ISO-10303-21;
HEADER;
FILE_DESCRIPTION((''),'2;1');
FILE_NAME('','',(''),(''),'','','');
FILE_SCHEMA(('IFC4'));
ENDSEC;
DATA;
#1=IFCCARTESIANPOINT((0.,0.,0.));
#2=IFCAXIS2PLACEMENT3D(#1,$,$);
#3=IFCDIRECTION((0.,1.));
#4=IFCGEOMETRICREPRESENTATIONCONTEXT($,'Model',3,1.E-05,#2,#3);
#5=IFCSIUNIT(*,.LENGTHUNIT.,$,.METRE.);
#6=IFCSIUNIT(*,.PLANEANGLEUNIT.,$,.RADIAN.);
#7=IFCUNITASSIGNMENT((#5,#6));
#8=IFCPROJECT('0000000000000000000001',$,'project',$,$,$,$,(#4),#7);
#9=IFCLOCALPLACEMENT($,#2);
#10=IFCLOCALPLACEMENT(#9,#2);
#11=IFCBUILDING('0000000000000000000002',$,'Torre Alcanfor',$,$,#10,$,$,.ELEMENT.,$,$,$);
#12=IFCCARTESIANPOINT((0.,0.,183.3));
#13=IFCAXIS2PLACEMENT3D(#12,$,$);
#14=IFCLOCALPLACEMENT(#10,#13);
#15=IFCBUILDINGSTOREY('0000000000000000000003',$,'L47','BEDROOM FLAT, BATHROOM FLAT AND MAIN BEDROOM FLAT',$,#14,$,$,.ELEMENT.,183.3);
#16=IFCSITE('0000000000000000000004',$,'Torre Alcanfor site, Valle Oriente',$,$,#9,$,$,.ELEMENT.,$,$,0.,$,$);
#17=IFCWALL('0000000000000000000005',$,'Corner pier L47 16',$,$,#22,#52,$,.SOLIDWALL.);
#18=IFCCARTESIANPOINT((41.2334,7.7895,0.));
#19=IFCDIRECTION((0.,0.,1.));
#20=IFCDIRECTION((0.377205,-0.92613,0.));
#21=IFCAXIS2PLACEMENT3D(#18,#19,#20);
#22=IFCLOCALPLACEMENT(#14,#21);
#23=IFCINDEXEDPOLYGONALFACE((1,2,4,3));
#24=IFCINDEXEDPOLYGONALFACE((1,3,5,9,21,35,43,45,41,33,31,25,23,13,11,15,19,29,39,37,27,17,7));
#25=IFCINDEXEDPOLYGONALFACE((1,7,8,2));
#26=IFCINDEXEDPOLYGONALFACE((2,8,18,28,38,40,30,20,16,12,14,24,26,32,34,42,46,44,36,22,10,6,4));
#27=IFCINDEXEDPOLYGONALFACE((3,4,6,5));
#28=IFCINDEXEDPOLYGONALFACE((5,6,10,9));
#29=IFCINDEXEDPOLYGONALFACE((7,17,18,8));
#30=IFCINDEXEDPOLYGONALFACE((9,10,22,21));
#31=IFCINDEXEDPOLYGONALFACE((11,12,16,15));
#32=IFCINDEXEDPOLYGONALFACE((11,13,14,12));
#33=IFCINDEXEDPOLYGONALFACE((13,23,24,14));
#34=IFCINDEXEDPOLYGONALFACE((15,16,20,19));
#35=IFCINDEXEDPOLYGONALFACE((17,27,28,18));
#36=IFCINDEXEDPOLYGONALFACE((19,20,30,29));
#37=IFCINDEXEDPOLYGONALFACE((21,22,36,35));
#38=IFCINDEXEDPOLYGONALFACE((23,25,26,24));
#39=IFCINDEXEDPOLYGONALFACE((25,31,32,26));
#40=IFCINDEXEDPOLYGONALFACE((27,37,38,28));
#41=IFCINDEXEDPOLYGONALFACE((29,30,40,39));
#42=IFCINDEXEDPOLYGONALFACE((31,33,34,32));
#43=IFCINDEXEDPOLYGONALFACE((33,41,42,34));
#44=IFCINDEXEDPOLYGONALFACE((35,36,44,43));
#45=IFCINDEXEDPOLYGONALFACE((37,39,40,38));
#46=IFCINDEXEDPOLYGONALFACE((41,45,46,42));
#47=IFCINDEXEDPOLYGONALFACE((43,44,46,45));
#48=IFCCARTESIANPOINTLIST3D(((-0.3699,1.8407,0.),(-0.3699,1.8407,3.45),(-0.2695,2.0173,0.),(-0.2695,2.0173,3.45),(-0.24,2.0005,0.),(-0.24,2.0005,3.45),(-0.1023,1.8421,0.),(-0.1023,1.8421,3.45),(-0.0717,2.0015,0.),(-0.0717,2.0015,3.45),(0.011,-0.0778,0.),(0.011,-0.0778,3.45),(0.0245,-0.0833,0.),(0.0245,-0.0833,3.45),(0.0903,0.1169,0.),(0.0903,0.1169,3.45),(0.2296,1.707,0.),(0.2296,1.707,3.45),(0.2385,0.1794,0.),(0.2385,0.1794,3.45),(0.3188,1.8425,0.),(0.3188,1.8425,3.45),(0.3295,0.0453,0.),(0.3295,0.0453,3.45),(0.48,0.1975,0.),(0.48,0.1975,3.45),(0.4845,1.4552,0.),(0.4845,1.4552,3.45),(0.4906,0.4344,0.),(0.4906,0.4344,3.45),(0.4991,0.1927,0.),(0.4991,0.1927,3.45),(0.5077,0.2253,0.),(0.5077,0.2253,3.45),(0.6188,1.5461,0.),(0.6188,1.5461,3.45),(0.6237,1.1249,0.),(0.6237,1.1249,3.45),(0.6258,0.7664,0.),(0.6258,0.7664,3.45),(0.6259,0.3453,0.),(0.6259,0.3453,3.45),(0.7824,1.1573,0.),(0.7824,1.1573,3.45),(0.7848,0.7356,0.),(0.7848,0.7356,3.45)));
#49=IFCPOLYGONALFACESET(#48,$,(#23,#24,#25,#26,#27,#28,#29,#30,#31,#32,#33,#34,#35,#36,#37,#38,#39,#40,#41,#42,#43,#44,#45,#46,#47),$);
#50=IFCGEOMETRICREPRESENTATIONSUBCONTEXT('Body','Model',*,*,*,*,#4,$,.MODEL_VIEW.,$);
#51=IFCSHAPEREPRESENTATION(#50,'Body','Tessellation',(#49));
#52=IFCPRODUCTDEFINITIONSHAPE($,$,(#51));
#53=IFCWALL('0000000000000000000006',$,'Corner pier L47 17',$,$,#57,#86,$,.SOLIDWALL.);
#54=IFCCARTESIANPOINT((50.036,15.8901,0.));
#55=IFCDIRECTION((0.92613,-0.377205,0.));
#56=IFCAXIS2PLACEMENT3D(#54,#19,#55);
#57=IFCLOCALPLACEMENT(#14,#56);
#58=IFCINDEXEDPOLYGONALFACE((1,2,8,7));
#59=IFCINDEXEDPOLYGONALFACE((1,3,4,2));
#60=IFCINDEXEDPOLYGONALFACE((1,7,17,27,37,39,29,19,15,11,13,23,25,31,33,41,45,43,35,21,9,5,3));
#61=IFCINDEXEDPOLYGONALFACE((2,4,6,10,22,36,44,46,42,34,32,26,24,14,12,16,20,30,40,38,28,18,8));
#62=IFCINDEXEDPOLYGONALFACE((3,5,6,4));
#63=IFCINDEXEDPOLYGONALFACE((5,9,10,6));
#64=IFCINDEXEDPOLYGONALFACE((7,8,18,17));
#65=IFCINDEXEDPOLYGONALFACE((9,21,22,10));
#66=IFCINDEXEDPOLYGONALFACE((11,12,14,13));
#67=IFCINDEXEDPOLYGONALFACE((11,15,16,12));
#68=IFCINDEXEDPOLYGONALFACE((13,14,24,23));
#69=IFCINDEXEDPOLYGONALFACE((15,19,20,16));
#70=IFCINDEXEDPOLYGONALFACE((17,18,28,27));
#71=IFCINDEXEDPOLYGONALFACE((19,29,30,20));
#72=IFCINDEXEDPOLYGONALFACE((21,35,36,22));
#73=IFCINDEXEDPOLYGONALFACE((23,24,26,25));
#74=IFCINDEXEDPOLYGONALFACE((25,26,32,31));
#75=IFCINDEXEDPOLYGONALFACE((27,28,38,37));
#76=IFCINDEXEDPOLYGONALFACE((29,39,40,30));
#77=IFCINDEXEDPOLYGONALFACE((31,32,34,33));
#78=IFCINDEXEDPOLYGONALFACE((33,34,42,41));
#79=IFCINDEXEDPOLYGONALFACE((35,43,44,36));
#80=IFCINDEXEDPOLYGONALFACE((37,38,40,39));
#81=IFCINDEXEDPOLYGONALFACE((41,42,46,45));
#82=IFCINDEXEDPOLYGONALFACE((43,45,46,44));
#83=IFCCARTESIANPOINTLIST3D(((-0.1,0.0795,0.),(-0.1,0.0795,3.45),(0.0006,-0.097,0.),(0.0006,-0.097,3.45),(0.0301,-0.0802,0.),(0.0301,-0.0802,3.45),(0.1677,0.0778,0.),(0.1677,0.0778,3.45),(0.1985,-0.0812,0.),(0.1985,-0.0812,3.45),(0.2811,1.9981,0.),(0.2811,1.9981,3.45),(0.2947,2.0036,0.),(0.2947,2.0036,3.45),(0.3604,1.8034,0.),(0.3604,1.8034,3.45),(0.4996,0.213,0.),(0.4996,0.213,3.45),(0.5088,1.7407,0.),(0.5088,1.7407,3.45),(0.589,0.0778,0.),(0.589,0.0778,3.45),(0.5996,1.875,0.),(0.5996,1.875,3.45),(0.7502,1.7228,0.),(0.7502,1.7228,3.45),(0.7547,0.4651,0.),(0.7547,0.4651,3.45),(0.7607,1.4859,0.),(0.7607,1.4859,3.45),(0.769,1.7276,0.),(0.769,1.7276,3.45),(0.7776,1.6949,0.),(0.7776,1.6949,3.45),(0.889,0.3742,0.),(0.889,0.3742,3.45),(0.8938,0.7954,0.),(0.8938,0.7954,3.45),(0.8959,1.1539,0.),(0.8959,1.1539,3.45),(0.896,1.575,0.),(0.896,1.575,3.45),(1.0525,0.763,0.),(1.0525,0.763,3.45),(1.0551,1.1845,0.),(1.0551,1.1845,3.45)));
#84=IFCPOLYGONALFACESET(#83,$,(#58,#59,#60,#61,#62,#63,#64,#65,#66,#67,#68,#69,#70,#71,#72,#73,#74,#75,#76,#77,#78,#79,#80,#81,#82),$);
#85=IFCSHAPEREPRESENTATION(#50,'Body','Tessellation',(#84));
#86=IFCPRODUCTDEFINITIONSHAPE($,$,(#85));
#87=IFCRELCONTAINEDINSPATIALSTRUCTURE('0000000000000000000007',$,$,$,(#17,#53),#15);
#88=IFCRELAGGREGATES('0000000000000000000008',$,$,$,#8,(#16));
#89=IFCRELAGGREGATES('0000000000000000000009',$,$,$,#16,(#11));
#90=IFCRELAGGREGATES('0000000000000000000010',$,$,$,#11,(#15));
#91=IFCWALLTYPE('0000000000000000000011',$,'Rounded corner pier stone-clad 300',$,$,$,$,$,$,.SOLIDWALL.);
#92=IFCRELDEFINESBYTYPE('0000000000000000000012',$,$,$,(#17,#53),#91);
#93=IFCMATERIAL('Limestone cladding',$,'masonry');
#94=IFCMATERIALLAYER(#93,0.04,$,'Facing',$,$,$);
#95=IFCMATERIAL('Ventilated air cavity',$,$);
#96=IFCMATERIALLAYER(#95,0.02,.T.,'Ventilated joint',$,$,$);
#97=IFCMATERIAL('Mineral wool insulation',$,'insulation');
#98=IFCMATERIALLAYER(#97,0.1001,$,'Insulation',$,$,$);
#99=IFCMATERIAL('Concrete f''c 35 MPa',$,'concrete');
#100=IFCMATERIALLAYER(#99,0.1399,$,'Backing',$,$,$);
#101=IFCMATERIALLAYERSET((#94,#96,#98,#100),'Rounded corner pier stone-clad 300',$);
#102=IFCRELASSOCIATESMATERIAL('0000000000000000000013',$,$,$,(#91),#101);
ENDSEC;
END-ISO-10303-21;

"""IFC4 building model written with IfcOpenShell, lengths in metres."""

from ifc_helpers import new_model, si_unit, direction, frame, origin, place, context, subcontext, project, spatial, polyline, outline, extrude, material, layer, layer_set, type_object, element, save


model = new_model("IFC4")

# Units and contexts
model_context = context("Model", 3, precision=1e-05, world=origin(), true_north=direction((0.0, 1.0)))
body_context = subcontext(model_context, "Body", "Model", "MODEL_VIEW")
ifc_project = project(units=[si_unit("LENGTHUNIT", "METRE"), si_unit("PLANEANGLEUNIT", "RADIAN")], contexts=[model_context])

# Site, building, storey
site_placement = place(None, origin())
site = spatial("IfcSite", under=ifc_project, at=site_placement, Name="Torre Alcanfor site, Valle Oriente", CompositionType="ELEMENT", RefElevation=0.0)
building_placement = place(site_placement, origin())
building = spatial("IfcBuilding", under=site, at=building_placement, Name="Torre Alcanfor", CompositionType="ELEMENT")
storey_placement = place(building_placement, frame((0.0, 0.0, 183.3)))
storey = spatial("IfcBuildingStorey", under=building, at=storey_placement, Name="L47", Description="BEDROOM FLAT, BATHROOM FLAT AND MAIN BEDROOM FLAT", CompositionType="ELEMENT", Elevation=183.3)

# Shared definitions
ifc_material_1 = material(Name="Limestone cladding", Category="masonry")
ifc_material_2 = material(Name="Ventilated air cavity")
ifc_material_3 = material(Name="Mineral wool insulation", Category="insulation")
ifc_material_4 = material(Name="Concrete f'c 35 MPa", Category="concrete")

# Walls
ifc_layer_1 = layer(ifc_material_1, 0.04, Name="Facing")
ifc_layer_2 = layer(ifc_material_2, 0.02, ventilated=True, Name="Ventilated joint")
ifc_layer_3 = layer(ifc_material_3, 0.1001, Name="Insulation")
ifc_layer_4 = layer(ifc_material_4, 0.1399, Name="Backing")
ifc_layer_set_1 = layer_set([ifc_layer_1, ifc_layer_2, ifc_layer_3, ifc_layer_4], Name="Rounded corner pier stone-clad 300")
wall_type_1 = type_object("IfcWallType", Name="Rounded corner pier stone-clad 300", PredefinedType="SOLIDWALL", material=ifc_layer_set_1)
wall_1_placement = place(storey_placement, frame((41.2334, 7.7895, 0.0), z_axis=(0.0, 0.0, 1.0), x_axis=(0.377205, -0.92613, 0.0)))
element("IfcWall", 1, at=wall_1_placement, inside=storey, type_object=wall_type_1, Name="Corner pier L47 16", PredefinedType="SOLIDWALL", context=body_context, shape_type="SweptSolid", body=[
    extrude(outline(polyline([(0.3188, 1.8425), (-0.0717, 2.0015), (-0.24, 2.0005), (-0.2695, 2.0173), (-0.3699, 1.8407), (-0.1023, 1.8421), (0.2296, 1.707), (0.4845, 1.4552), (0.6237, 1.1249), (0.6258, 0.7664), (0.4906, 0.4344), (0.2385, 0.1794), (0.0903, 0.1169), (0.011, -0.0778), (0.0245, -0.0833), (0.3295, 0.0453), (0.48, 0.1975), (0.4991, 0.1927), (0.5077, 0.2253), (0.6259, 0.3453), (0.7848, 0.7356), (0.7824, 1.1573), (0.6188, 1.5461), (0.3188, 1.8425)])), origin(), (0.0, 0.0, 1.0), 3.45),
])
wall_2_placement = place(storey_placement, frame((50.036, 15.8901, 0.0), z_axis=(0.0, 0.0, 1.0), x_axis=(0.92613, -0.377205, 0.0)))
element("IfcWall", 2, at=wall_2_placement, inside=storey, type_object=wall_type_1, Name="Corner pier L47 17", PredefinedType="SOLIDWALL", context=body_context, shape_type="SweptSolid", body=[
    extrude(outline(polyline([(0.769, 1.7276), (0.7502, 1.7228), (0.5996, 1.875), (0.2947, 2.0036), (0.2811, 1.9981), (0.3604, 1.8034), (0.5088, 1.7407), (0.7607, 1.4859), (0.8959, 1.1539), (0.8938, 0.7954), (0.7547, 0.4651), (0.4996, 0.213), (0.1677, 0.0778), (-0.1, 0.0795), (0.0006, -0.097), (0.0301, -0.0802), (0.1985, -0.0812), (0.589, 0.0778), (0.889, 0.3742), (1.0525, 0.763), (1.0551, 1.1845), (0.896, 1.575), (0.7776, 1.6949), (0.769, 1.7276)])), origin(), (0.0, 0.0, 1.0), 3.45),
])

save(model, "model.ifc")
